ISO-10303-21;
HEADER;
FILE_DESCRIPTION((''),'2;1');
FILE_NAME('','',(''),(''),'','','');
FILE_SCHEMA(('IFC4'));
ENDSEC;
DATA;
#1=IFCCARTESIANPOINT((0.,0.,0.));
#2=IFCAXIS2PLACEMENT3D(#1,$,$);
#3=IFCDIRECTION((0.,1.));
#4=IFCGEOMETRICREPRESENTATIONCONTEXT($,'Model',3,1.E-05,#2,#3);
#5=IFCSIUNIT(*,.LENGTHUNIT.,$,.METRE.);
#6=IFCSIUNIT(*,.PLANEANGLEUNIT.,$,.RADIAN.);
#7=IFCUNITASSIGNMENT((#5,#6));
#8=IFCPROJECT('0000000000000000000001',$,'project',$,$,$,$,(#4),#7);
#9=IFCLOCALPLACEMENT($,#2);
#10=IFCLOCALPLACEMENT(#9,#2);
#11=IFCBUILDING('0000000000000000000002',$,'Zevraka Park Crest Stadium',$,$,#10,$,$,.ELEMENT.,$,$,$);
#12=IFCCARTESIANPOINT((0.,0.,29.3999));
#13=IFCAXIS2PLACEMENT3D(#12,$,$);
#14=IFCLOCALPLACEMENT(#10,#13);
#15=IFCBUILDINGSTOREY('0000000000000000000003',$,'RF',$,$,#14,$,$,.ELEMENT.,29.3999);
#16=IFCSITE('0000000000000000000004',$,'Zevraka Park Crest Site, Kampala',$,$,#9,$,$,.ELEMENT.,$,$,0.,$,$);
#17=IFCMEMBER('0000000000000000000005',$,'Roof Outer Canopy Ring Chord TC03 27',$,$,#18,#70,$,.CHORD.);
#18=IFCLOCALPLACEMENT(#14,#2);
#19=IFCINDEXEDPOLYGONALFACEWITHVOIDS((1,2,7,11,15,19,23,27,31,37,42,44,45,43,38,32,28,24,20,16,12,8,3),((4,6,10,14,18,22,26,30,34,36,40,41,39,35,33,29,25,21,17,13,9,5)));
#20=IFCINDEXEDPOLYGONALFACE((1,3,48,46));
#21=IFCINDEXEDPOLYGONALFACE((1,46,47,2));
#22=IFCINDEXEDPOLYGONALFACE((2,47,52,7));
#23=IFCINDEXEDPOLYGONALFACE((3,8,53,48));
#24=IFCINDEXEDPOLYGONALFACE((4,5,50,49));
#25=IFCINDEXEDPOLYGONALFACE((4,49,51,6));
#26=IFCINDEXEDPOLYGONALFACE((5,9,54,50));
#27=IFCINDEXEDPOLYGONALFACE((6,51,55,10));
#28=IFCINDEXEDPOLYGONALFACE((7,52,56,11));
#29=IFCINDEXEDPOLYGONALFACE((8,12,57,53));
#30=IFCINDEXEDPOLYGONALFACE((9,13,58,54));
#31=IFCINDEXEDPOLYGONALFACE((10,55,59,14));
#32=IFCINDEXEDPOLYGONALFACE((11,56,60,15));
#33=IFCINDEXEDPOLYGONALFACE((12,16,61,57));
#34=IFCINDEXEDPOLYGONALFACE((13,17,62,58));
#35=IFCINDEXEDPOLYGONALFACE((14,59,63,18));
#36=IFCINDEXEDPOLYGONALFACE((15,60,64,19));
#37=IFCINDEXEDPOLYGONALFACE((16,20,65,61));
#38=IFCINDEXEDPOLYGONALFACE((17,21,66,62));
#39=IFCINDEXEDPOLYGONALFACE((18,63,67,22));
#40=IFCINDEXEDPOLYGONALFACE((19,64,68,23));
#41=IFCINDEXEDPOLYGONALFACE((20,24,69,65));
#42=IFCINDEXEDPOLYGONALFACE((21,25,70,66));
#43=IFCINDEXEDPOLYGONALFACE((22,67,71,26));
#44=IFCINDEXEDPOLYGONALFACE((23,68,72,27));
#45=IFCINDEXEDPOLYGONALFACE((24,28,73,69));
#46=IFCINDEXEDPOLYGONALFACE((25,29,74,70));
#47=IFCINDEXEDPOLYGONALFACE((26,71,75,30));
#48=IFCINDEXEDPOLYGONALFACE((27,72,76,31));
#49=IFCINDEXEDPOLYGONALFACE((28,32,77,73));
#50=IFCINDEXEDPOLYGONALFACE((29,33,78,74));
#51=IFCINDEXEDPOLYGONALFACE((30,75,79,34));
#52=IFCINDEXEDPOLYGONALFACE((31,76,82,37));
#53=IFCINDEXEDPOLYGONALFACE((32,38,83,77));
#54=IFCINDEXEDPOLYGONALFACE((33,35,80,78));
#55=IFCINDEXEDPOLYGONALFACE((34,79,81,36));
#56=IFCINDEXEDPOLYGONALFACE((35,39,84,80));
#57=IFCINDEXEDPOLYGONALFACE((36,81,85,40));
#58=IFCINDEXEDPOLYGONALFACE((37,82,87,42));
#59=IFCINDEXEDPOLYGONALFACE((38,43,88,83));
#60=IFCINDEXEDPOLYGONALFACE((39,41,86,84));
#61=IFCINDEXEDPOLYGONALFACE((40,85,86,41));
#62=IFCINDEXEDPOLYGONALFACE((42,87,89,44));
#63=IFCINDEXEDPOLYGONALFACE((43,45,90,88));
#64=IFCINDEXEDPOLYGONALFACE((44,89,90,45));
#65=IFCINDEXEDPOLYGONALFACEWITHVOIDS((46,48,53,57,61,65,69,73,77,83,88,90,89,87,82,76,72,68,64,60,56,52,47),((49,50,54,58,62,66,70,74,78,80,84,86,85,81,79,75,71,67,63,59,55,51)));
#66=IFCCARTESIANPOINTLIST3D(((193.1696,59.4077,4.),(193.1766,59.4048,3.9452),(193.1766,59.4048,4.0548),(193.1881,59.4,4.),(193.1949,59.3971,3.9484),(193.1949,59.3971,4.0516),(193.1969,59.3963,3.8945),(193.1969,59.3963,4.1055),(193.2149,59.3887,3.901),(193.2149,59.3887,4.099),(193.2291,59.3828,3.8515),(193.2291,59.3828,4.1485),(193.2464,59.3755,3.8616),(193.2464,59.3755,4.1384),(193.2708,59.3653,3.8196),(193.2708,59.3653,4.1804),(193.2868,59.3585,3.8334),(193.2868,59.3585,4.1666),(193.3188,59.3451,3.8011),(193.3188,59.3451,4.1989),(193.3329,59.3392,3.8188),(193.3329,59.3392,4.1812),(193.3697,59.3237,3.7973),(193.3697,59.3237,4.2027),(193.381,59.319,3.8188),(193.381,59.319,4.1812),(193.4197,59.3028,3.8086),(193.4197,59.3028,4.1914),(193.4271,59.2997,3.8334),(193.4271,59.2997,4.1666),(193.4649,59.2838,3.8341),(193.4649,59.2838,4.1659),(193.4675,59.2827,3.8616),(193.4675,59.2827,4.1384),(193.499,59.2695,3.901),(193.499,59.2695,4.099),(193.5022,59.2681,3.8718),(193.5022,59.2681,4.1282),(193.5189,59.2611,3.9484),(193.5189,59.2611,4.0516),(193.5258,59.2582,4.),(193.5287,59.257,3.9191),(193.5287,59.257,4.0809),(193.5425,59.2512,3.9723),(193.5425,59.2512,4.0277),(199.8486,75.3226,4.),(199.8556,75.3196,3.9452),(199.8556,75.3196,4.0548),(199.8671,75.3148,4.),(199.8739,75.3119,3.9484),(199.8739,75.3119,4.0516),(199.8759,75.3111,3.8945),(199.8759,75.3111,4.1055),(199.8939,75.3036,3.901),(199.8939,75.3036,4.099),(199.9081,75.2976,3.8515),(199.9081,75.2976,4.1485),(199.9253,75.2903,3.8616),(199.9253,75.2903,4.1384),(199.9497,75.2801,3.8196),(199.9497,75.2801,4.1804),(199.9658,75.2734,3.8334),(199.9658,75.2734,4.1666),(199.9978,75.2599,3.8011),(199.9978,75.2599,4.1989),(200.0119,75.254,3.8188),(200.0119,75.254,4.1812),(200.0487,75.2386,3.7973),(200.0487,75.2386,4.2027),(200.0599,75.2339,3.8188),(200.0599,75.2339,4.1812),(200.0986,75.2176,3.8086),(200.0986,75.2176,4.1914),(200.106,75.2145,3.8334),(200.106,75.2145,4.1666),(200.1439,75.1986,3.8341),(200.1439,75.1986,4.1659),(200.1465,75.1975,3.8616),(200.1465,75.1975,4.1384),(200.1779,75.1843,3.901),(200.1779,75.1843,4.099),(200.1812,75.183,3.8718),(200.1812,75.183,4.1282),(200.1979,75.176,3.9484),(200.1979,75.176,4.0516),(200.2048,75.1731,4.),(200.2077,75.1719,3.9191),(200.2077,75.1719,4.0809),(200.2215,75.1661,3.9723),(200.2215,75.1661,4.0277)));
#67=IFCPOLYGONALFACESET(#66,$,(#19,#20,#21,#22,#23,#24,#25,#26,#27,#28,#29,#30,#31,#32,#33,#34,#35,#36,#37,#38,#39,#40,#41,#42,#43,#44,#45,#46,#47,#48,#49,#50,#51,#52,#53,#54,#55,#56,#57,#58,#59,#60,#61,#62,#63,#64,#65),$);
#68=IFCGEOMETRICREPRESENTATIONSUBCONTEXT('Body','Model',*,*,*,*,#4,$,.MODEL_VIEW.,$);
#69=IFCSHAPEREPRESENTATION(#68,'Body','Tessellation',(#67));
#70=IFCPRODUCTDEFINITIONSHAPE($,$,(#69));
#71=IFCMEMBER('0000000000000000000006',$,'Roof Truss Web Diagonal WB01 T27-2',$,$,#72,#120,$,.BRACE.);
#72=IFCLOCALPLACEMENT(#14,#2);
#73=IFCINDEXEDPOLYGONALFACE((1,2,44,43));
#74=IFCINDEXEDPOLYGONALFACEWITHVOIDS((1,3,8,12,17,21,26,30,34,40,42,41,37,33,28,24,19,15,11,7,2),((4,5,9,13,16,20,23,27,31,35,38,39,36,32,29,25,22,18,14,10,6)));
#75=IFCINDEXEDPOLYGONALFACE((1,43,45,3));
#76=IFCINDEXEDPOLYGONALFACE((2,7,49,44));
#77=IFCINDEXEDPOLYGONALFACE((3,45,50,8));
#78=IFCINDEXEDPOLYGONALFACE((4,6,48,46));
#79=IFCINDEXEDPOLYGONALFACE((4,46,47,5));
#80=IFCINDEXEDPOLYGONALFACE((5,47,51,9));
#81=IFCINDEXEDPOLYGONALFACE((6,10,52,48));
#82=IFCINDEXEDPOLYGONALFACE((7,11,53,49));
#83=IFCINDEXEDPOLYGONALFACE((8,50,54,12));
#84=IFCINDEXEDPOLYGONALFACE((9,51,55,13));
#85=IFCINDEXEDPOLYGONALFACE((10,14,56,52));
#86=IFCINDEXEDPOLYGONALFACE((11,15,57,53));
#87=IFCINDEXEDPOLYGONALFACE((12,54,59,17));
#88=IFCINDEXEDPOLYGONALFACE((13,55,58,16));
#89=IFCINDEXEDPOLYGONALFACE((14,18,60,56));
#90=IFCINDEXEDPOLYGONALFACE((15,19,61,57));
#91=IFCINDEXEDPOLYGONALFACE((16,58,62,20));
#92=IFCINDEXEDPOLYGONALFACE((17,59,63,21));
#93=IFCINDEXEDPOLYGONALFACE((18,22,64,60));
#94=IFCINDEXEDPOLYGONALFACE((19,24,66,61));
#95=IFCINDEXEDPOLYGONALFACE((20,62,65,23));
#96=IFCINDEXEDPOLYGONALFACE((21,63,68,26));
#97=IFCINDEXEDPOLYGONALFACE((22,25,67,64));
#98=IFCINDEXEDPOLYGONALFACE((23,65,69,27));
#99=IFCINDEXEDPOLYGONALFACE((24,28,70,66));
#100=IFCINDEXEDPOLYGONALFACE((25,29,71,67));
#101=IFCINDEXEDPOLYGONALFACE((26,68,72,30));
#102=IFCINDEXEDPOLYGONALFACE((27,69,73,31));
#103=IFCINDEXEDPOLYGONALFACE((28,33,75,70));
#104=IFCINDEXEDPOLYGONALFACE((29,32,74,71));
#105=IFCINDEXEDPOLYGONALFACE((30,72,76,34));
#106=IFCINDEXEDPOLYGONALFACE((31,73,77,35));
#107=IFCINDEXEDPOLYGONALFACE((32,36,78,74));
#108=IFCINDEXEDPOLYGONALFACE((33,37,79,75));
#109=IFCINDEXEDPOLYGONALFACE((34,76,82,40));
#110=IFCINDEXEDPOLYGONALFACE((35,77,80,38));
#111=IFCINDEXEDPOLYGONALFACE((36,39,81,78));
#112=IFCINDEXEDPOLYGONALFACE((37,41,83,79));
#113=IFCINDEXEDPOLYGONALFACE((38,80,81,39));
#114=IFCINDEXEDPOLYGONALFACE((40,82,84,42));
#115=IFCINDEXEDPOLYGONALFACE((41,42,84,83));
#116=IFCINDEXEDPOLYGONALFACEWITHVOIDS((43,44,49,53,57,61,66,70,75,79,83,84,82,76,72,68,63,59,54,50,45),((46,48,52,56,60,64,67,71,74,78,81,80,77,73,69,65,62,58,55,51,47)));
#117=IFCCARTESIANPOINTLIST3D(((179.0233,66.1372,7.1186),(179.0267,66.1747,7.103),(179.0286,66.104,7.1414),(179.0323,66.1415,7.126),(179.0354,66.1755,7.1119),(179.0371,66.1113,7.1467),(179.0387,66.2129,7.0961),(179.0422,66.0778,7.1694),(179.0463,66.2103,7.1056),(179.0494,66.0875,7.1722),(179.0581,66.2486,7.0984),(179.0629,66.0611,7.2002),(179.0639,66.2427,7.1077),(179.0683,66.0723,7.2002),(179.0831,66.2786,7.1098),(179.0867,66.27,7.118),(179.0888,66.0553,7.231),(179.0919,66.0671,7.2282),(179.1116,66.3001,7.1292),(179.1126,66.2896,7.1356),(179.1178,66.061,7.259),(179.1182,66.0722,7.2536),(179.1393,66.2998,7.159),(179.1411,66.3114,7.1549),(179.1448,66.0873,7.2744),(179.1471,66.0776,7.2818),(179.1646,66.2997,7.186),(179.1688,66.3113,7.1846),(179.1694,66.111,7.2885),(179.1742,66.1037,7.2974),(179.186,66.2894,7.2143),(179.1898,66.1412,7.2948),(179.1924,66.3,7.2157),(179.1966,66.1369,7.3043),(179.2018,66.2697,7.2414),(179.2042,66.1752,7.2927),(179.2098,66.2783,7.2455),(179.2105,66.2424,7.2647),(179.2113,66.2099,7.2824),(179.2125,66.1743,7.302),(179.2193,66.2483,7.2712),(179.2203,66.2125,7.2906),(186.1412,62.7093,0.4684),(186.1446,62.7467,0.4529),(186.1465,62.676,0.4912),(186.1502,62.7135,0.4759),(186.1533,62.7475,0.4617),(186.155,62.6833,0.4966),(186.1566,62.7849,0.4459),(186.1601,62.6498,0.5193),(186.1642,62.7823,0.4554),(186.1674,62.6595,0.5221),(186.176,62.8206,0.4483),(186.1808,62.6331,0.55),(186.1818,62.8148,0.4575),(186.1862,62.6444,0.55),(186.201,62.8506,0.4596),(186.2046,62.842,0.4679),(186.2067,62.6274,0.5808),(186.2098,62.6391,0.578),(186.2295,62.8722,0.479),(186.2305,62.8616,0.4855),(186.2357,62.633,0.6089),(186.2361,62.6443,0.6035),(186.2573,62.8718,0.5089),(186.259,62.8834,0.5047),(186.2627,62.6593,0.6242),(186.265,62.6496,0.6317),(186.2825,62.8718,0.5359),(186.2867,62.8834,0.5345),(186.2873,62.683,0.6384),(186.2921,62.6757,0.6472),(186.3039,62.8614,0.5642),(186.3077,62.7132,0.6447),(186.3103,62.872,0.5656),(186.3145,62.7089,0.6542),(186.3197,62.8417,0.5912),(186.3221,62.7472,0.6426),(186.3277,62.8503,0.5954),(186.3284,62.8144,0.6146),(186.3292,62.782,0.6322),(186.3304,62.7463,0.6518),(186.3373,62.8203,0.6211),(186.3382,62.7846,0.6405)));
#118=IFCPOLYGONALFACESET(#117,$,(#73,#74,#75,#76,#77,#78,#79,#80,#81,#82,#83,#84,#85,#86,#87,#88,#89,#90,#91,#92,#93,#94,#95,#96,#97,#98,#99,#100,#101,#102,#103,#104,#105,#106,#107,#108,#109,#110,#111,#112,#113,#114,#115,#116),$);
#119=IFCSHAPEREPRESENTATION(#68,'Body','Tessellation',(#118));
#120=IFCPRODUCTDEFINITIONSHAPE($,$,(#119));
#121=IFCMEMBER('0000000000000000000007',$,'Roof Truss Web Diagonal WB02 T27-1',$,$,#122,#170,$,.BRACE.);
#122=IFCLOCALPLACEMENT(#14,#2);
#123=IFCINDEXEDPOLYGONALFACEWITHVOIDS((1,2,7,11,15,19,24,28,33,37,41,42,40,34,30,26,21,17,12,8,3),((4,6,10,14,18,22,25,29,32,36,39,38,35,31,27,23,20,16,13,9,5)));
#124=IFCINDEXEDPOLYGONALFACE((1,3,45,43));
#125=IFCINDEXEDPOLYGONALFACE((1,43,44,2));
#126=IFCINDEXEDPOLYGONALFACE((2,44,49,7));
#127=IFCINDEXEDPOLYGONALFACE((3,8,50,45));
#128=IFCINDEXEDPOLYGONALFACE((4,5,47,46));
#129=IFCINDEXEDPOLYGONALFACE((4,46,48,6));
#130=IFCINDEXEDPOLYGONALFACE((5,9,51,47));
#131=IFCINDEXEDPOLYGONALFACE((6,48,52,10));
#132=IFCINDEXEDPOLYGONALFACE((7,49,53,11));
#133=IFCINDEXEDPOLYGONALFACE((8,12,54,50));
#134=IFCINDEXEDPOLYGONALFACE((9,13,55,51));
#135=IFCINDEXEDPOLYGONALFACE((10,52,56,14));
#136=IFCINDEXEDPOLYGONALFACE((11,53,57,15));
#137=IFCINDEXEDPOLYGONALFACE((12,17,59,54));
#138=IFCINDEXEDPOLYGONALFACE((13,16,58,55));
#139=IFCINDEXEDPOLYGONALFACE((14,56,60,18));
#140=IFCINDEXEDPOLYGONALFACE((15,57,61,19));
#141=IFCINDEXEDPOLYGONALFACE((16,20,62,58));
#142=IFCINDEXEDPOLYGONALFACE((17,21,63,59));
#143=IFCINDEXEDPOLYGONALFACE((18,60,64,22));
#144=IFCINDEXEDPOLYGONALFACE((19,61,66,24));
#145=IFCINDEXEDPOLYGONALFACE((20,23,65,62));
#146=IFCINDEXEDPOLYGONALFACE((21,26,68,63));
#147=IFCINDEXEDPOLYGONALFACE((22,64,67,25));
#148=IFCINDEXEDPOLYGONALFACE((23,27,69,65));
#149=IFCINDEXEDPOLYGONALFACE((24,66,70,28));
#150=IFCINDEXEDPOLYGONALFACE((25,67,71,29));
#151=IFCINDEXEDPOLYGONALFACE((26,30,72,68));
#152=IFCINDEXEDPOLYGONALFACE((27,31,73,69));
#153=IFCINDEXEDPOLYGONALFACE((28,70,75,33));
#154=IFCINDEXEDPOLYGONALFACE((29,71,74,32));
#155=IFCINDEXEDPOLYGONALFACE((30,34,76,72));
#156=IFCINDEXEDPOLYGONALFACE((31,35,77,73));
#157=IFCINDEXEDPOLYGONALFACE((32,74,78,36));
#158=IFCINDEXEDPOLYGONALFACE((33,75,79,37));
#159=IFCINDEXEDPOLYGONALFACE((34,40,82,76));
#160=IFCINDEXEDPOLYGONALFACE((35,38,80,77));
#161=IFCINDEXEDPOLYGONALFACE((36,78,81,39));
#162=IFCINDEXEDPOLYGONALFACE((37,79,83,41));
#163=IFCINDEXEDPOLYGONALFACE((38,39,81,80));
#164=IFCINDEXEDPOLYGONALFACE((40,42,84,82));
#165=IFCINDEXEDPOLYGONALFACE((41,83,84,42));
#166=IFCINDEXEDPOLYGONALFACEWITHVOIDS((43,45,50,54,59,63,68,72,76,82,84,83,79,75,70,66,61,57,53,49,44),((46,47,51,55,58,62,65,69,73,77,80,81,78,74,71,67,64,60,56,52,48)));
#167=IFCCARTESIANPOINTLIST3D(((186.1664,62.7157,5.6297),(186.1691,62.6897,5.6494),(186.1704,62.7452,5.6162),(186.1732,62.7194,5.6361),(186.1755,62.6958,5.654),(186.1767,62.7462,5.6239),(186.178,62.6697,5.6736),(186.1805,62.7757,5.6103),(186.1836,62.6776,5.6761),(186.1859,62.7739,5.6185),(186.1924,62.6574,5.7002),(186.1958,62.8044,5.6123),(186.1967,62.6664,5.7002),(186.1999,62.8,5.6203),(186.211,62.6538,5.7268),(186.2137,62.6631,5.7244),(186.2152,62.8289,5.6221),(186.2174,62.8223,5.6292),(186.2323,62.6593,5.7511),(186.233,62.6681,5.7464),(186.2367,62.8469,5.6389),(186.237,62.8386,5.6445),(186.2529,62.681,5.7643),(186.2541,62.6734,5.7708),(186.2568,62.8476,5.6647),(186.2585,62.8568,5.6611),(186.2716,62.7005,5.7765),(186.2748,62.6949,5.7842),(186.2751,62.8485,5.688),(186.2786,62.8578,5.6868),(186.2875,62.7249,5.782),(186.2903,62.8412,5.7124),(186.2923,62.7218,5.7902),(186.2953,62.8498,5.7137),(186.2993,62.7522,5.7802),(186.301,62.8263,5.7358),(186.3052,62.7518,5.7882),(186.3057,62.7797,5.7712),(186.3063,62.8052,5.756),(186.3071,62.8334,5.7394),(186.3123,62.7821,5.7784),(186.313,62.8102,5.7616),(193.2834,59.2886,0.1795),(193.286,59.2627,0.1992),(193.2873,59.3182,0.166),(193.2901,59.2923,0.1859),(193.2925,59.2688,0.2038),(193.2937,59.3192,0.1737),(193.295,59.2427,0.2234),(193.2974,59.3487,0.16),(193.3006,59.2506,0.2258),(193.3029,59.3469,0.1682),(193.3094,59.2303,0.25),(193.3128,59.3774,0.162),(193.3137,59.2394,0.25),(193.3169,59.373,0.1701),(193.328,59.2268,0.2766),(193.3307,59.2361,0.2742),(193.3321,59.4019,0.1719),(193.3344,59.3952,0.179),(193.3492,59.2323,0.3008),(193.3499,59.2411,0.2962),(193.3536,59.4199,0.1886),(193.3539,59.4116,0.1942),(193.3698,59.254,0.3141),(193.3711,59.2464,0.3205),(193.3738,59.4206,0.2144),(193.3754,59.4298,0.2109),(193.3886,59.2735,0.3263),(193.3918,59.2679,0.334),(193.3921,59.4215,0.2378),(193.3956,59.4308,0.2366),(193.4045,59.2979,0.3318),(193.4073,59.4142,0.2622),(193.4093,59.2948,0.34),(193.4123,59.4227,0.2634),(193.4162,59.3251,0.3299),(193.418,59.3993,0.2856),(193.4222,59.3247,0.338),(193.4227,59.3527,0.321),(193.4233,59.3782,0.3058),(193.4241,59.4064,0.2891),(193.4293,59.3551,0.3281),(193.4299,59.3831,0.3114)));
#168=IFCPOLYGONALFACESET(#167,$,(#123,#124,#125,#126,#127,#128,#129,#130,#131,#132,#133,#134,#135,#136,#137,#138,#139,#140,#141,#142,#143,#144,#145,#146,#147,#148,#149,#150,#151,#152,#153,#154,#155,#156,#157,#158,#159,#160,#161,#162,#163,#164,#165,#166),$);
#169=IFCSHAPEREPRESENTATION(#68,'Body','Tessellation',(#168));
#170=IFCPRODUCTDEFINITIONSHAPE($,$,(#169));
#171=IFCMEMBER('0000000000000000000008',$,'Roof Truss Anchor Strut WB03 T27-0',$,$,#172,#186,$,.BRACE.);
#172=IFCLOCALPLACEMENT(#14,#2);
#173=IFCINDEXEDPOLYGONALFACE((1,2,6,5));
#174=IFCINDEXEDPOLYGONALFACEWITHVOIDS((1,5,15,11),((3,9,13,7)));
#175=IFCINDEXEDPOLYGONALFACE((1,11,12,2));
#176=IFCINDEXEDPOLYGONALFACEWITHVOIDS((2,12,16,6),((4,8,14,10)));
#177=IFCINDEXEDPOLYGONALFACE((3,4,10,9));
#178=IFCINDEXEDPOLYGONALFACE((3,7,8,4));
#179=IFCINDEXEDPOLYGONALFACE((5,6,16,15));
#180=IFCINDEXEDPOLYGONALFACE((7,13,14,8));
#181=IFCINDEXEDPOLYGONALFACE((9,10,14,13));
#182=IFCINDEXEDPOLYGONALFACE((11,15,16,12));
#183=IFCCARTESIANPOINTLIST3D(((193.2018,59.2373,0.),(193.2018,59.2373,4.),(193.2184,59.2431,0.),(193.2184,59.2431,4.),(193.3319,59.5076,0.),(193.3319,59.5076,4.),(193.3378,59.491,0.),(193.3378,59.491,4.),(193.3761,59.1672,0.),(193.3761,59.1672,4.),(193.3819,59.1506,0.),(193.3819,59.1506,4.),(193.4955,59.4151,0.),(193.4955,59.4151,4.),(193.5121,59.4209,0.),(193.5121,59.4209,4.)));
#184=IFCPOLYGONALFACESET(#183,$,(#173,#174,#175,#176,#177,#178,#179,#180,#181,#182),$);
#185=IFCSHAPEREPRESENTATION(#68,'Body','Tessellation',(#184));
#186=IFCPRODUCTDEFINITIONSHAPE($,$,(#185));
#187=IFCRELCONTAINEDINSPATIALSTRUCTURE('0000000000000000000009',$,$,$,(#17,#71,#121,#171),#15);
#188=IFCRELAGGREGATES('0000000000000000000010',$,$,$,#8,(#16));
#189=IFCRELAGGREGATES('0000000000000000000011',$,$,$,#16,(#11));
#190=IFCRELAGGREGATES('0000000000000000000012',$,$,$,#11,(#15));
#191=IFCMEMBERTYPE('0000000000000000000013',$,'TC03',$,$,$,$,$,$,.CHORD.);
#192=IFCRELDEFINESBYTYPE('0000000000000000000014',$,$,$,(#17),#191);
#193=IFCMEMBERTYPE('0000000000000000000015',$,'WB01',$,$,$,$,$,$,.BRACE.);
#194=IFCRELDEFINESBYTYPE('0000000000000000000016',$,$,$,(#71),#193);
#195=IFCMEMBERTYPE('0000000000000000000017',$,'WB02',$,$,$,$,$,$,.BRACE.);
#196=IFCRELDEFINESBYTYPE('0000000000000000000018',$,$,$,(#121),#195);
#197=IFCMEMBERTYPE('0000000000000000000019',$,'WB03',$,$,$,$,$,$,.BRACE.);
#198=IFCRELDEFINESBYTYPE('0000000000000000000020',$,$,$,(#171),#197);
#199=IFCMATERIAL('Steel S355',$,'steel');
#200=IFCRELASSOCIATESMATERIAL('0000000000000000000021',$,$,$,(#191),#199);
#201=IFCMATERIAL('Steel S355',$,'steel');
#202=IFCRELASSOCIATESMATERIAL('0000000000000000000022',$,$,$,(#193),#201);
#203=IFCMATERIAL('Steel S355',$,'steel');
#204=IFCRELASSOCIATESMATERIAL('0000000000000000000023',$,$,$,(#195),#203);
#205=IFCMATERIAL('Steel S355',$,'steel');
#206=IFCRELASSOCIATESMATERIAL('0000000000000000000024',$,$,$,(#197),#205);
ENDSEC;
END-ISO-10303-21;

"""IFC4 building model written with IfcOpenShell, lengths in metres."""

from ifc_helpers import new_model, si_unit, direction, frame, origin, origin_2d, place, context, subcontext, project, spatial, hollow_rectangle, hollow_circle, extrude, material, material_profile, profile_set, type_object, element, save


model = new_model("IFC4")

# Units and contexts
model_context = context("Model", 3, precision=1e-05, world=origin(), true_north=direction((0.0, 1.0)))
body_context = subcontext(model_context, "Body", "Model", "MODEL_VIEW")
ifc_project = project(units=[si_unit("LENGTHUNIT", "METRE"), si_unit("PLANEANGLEUNIT", "RADIAN")], contexts=[model_context])

# Site, building, storey
site_placement = place(None, origin())
site = spatial("IfcSite", under=ifc_project, at=site_placement, Name="Zevraka Park Crest Site, Kampala", CompositionType="ELEMENT", RefElevation=0.0)
building_placement = place(site_placement, origin())
building = spatial("IfcBuilding", under=site, at=building_placement, Name="Zevraka Park Crest Stadium", CompositionType="ELEMENT")
storey_placement = place(building_placement, frame((0.0, 0.0, 29.3999)))
storey = spatial("IfcBuildingStorey", under=building, at=storey_placement, Name="RF", CompositionType="ELEMENT", Elevation=29.3999)

# Members
ifc_material_1 = material(Name="Steel S355", Category="steel")
ifc_material_profile_1 = material_profile(ifc_material_1, hollow_circle(Radius=0.2031, WallThickness=0.02, at=origin_2d()), Name="CHS 406.4x20")
ifc_profile_set_1 = profile_set([ifc_material_profile_1], Name="Steel S355")
member_type_1 = type_object("IfcMemberType", Name="TC03", PredefinedType="CHORD", material=ifc_profile_set_1)
member_1_placement = place(storey_placement, frame((193.3569, 59.3291, 4.0), z_axis=(0.386973, 0.922091, 0.0), x_axis=(-0.922091, 0.386973, 0.0)))
element("IfcMember", 1, at=member_1_placement, inside=storey, type_object=member_type_1, Name="Roof Outer Canopy Ring Chord TC03 27", PredefinedType="CHORD", context=body_context, shape_type="SweptSolid", body=[
    extrude(hollow_circle(Radius=0.2031, WallThickness=0.02, at=origin_2d()), origin(), (0.0, 0.0, 1.0), 17.2595),
])
ifc_material_2 = material(Name="Steel S355", Category="steel")
ifc_material_profile_2 = material_profile(ifc_material_2, hollow_circle(Radius=0.1365, WallThickness=0.0125, at=origin_2d()), Name="CHS 273.0x12.5")
ifc_profile_set_2 = profile_set([ifc_material_profile_2], Name="Steel S355")
member_type_2 = type_object("IfcMemberType", Name="WB01", PredefinedType="BRACE", material=ifc_profile_set_2)
member_2_placement = place(storey_placement, frame((186.24, 62.7561, 0.55), z_axis=(-0.689275, 0.331954, 0.643977), x_axis=(-0.433901, -0.900961, 0.0)))
element("IfcMember", 2, at=member_2_placement, inside=storey, type_object=member_type_2, Name="Roof Truss Web Diagonal WB01 T27-2", PredefinedType="BRACE", context=body_context, shape_type="SweptSolid", body=[
    extrude(hollow_circle(Radius=0.1365, WallThickness=0.0125, at=origin_2d()), origin(), (0.0, 0.0, 1.0), 10.3267),
])
ifc_material_3 = material(Name="Steel S355", Category="steel")
ifc_material_profile_3 = material_profile(ifc_material_3, hollow_circle(Radius=0.1096, WallThickness=0.01, at=origin_2d()), Name="CHS 219.1x10")
ifc_profile_set_3 = profile_set([ifc_material_profile_3], Name="Steel S355")
member_type_3 = type_object("IfcMemberType", Name="WB02", PredefinedType="BRACE", material=ifc_profile_set_3)
member_3_placement = place(storey_placement, frame((193.3569, 59.3291, 0.25), z_axis=(-0.74159, 0.357096, 0.567914), x_axis=(-0.433849, -0.900986, 0.0)))
element("IfcMember", 3, at=member_3_placement, inside=storey, type_object=member_type_3, Name="Roof Truss Web Diagonal WB02 T27-1", PredefinedType="BRACE", context=body_context, shape_type="SweptSolid", body=[
    extrude(hollow_circle(Radius=0.1096, WallThickness=0.01, at=origin_2d()), origin(), (0.0, 0.0, 1.0), 9.5969),
])
ifc_material_4 = material(Name="Steel S355", Category="steel")
ifc_material_profile_4 = material_profile(ifc_material_4, hollow_rectangle(XDim=0.2, YDim=0.3, WallThickness=0.0125, at=origin_2d()), Name="RHS 300x200x12.5")
ifc_profile_set_4 = profile_set([ifc_material_profile_4], Name="Steel S355")
member_type_4 = type_object("IfcMemberType", Name="WB03", PredefinedType="BRACE", material=ifc_profile_set_4)
member_4_placement = place(storey_placement, frame((193.3569, 59.3291, 0.0), z_axis=(0.0, 0.0, 1.0), x_axis=(-0.901001, 0.433816, 0.0)))
element("IfcMember", 4, at=member_4_placement, inside=storey, type_object=member_type_4, Name="Roof Truss Anchor Strut WB03 T27-0", PredefinedType="BRACE", context=body_context, shape_type="SweptSolid", body=[
    extrude(hollow_rectangle(XDim=0.2, YDim=0.3, WallThickness=0.0125, at=origin_2d()), origin(), (0.0, 0.0, 1.0), 4.0),
])

save(model, "model.ifc")
